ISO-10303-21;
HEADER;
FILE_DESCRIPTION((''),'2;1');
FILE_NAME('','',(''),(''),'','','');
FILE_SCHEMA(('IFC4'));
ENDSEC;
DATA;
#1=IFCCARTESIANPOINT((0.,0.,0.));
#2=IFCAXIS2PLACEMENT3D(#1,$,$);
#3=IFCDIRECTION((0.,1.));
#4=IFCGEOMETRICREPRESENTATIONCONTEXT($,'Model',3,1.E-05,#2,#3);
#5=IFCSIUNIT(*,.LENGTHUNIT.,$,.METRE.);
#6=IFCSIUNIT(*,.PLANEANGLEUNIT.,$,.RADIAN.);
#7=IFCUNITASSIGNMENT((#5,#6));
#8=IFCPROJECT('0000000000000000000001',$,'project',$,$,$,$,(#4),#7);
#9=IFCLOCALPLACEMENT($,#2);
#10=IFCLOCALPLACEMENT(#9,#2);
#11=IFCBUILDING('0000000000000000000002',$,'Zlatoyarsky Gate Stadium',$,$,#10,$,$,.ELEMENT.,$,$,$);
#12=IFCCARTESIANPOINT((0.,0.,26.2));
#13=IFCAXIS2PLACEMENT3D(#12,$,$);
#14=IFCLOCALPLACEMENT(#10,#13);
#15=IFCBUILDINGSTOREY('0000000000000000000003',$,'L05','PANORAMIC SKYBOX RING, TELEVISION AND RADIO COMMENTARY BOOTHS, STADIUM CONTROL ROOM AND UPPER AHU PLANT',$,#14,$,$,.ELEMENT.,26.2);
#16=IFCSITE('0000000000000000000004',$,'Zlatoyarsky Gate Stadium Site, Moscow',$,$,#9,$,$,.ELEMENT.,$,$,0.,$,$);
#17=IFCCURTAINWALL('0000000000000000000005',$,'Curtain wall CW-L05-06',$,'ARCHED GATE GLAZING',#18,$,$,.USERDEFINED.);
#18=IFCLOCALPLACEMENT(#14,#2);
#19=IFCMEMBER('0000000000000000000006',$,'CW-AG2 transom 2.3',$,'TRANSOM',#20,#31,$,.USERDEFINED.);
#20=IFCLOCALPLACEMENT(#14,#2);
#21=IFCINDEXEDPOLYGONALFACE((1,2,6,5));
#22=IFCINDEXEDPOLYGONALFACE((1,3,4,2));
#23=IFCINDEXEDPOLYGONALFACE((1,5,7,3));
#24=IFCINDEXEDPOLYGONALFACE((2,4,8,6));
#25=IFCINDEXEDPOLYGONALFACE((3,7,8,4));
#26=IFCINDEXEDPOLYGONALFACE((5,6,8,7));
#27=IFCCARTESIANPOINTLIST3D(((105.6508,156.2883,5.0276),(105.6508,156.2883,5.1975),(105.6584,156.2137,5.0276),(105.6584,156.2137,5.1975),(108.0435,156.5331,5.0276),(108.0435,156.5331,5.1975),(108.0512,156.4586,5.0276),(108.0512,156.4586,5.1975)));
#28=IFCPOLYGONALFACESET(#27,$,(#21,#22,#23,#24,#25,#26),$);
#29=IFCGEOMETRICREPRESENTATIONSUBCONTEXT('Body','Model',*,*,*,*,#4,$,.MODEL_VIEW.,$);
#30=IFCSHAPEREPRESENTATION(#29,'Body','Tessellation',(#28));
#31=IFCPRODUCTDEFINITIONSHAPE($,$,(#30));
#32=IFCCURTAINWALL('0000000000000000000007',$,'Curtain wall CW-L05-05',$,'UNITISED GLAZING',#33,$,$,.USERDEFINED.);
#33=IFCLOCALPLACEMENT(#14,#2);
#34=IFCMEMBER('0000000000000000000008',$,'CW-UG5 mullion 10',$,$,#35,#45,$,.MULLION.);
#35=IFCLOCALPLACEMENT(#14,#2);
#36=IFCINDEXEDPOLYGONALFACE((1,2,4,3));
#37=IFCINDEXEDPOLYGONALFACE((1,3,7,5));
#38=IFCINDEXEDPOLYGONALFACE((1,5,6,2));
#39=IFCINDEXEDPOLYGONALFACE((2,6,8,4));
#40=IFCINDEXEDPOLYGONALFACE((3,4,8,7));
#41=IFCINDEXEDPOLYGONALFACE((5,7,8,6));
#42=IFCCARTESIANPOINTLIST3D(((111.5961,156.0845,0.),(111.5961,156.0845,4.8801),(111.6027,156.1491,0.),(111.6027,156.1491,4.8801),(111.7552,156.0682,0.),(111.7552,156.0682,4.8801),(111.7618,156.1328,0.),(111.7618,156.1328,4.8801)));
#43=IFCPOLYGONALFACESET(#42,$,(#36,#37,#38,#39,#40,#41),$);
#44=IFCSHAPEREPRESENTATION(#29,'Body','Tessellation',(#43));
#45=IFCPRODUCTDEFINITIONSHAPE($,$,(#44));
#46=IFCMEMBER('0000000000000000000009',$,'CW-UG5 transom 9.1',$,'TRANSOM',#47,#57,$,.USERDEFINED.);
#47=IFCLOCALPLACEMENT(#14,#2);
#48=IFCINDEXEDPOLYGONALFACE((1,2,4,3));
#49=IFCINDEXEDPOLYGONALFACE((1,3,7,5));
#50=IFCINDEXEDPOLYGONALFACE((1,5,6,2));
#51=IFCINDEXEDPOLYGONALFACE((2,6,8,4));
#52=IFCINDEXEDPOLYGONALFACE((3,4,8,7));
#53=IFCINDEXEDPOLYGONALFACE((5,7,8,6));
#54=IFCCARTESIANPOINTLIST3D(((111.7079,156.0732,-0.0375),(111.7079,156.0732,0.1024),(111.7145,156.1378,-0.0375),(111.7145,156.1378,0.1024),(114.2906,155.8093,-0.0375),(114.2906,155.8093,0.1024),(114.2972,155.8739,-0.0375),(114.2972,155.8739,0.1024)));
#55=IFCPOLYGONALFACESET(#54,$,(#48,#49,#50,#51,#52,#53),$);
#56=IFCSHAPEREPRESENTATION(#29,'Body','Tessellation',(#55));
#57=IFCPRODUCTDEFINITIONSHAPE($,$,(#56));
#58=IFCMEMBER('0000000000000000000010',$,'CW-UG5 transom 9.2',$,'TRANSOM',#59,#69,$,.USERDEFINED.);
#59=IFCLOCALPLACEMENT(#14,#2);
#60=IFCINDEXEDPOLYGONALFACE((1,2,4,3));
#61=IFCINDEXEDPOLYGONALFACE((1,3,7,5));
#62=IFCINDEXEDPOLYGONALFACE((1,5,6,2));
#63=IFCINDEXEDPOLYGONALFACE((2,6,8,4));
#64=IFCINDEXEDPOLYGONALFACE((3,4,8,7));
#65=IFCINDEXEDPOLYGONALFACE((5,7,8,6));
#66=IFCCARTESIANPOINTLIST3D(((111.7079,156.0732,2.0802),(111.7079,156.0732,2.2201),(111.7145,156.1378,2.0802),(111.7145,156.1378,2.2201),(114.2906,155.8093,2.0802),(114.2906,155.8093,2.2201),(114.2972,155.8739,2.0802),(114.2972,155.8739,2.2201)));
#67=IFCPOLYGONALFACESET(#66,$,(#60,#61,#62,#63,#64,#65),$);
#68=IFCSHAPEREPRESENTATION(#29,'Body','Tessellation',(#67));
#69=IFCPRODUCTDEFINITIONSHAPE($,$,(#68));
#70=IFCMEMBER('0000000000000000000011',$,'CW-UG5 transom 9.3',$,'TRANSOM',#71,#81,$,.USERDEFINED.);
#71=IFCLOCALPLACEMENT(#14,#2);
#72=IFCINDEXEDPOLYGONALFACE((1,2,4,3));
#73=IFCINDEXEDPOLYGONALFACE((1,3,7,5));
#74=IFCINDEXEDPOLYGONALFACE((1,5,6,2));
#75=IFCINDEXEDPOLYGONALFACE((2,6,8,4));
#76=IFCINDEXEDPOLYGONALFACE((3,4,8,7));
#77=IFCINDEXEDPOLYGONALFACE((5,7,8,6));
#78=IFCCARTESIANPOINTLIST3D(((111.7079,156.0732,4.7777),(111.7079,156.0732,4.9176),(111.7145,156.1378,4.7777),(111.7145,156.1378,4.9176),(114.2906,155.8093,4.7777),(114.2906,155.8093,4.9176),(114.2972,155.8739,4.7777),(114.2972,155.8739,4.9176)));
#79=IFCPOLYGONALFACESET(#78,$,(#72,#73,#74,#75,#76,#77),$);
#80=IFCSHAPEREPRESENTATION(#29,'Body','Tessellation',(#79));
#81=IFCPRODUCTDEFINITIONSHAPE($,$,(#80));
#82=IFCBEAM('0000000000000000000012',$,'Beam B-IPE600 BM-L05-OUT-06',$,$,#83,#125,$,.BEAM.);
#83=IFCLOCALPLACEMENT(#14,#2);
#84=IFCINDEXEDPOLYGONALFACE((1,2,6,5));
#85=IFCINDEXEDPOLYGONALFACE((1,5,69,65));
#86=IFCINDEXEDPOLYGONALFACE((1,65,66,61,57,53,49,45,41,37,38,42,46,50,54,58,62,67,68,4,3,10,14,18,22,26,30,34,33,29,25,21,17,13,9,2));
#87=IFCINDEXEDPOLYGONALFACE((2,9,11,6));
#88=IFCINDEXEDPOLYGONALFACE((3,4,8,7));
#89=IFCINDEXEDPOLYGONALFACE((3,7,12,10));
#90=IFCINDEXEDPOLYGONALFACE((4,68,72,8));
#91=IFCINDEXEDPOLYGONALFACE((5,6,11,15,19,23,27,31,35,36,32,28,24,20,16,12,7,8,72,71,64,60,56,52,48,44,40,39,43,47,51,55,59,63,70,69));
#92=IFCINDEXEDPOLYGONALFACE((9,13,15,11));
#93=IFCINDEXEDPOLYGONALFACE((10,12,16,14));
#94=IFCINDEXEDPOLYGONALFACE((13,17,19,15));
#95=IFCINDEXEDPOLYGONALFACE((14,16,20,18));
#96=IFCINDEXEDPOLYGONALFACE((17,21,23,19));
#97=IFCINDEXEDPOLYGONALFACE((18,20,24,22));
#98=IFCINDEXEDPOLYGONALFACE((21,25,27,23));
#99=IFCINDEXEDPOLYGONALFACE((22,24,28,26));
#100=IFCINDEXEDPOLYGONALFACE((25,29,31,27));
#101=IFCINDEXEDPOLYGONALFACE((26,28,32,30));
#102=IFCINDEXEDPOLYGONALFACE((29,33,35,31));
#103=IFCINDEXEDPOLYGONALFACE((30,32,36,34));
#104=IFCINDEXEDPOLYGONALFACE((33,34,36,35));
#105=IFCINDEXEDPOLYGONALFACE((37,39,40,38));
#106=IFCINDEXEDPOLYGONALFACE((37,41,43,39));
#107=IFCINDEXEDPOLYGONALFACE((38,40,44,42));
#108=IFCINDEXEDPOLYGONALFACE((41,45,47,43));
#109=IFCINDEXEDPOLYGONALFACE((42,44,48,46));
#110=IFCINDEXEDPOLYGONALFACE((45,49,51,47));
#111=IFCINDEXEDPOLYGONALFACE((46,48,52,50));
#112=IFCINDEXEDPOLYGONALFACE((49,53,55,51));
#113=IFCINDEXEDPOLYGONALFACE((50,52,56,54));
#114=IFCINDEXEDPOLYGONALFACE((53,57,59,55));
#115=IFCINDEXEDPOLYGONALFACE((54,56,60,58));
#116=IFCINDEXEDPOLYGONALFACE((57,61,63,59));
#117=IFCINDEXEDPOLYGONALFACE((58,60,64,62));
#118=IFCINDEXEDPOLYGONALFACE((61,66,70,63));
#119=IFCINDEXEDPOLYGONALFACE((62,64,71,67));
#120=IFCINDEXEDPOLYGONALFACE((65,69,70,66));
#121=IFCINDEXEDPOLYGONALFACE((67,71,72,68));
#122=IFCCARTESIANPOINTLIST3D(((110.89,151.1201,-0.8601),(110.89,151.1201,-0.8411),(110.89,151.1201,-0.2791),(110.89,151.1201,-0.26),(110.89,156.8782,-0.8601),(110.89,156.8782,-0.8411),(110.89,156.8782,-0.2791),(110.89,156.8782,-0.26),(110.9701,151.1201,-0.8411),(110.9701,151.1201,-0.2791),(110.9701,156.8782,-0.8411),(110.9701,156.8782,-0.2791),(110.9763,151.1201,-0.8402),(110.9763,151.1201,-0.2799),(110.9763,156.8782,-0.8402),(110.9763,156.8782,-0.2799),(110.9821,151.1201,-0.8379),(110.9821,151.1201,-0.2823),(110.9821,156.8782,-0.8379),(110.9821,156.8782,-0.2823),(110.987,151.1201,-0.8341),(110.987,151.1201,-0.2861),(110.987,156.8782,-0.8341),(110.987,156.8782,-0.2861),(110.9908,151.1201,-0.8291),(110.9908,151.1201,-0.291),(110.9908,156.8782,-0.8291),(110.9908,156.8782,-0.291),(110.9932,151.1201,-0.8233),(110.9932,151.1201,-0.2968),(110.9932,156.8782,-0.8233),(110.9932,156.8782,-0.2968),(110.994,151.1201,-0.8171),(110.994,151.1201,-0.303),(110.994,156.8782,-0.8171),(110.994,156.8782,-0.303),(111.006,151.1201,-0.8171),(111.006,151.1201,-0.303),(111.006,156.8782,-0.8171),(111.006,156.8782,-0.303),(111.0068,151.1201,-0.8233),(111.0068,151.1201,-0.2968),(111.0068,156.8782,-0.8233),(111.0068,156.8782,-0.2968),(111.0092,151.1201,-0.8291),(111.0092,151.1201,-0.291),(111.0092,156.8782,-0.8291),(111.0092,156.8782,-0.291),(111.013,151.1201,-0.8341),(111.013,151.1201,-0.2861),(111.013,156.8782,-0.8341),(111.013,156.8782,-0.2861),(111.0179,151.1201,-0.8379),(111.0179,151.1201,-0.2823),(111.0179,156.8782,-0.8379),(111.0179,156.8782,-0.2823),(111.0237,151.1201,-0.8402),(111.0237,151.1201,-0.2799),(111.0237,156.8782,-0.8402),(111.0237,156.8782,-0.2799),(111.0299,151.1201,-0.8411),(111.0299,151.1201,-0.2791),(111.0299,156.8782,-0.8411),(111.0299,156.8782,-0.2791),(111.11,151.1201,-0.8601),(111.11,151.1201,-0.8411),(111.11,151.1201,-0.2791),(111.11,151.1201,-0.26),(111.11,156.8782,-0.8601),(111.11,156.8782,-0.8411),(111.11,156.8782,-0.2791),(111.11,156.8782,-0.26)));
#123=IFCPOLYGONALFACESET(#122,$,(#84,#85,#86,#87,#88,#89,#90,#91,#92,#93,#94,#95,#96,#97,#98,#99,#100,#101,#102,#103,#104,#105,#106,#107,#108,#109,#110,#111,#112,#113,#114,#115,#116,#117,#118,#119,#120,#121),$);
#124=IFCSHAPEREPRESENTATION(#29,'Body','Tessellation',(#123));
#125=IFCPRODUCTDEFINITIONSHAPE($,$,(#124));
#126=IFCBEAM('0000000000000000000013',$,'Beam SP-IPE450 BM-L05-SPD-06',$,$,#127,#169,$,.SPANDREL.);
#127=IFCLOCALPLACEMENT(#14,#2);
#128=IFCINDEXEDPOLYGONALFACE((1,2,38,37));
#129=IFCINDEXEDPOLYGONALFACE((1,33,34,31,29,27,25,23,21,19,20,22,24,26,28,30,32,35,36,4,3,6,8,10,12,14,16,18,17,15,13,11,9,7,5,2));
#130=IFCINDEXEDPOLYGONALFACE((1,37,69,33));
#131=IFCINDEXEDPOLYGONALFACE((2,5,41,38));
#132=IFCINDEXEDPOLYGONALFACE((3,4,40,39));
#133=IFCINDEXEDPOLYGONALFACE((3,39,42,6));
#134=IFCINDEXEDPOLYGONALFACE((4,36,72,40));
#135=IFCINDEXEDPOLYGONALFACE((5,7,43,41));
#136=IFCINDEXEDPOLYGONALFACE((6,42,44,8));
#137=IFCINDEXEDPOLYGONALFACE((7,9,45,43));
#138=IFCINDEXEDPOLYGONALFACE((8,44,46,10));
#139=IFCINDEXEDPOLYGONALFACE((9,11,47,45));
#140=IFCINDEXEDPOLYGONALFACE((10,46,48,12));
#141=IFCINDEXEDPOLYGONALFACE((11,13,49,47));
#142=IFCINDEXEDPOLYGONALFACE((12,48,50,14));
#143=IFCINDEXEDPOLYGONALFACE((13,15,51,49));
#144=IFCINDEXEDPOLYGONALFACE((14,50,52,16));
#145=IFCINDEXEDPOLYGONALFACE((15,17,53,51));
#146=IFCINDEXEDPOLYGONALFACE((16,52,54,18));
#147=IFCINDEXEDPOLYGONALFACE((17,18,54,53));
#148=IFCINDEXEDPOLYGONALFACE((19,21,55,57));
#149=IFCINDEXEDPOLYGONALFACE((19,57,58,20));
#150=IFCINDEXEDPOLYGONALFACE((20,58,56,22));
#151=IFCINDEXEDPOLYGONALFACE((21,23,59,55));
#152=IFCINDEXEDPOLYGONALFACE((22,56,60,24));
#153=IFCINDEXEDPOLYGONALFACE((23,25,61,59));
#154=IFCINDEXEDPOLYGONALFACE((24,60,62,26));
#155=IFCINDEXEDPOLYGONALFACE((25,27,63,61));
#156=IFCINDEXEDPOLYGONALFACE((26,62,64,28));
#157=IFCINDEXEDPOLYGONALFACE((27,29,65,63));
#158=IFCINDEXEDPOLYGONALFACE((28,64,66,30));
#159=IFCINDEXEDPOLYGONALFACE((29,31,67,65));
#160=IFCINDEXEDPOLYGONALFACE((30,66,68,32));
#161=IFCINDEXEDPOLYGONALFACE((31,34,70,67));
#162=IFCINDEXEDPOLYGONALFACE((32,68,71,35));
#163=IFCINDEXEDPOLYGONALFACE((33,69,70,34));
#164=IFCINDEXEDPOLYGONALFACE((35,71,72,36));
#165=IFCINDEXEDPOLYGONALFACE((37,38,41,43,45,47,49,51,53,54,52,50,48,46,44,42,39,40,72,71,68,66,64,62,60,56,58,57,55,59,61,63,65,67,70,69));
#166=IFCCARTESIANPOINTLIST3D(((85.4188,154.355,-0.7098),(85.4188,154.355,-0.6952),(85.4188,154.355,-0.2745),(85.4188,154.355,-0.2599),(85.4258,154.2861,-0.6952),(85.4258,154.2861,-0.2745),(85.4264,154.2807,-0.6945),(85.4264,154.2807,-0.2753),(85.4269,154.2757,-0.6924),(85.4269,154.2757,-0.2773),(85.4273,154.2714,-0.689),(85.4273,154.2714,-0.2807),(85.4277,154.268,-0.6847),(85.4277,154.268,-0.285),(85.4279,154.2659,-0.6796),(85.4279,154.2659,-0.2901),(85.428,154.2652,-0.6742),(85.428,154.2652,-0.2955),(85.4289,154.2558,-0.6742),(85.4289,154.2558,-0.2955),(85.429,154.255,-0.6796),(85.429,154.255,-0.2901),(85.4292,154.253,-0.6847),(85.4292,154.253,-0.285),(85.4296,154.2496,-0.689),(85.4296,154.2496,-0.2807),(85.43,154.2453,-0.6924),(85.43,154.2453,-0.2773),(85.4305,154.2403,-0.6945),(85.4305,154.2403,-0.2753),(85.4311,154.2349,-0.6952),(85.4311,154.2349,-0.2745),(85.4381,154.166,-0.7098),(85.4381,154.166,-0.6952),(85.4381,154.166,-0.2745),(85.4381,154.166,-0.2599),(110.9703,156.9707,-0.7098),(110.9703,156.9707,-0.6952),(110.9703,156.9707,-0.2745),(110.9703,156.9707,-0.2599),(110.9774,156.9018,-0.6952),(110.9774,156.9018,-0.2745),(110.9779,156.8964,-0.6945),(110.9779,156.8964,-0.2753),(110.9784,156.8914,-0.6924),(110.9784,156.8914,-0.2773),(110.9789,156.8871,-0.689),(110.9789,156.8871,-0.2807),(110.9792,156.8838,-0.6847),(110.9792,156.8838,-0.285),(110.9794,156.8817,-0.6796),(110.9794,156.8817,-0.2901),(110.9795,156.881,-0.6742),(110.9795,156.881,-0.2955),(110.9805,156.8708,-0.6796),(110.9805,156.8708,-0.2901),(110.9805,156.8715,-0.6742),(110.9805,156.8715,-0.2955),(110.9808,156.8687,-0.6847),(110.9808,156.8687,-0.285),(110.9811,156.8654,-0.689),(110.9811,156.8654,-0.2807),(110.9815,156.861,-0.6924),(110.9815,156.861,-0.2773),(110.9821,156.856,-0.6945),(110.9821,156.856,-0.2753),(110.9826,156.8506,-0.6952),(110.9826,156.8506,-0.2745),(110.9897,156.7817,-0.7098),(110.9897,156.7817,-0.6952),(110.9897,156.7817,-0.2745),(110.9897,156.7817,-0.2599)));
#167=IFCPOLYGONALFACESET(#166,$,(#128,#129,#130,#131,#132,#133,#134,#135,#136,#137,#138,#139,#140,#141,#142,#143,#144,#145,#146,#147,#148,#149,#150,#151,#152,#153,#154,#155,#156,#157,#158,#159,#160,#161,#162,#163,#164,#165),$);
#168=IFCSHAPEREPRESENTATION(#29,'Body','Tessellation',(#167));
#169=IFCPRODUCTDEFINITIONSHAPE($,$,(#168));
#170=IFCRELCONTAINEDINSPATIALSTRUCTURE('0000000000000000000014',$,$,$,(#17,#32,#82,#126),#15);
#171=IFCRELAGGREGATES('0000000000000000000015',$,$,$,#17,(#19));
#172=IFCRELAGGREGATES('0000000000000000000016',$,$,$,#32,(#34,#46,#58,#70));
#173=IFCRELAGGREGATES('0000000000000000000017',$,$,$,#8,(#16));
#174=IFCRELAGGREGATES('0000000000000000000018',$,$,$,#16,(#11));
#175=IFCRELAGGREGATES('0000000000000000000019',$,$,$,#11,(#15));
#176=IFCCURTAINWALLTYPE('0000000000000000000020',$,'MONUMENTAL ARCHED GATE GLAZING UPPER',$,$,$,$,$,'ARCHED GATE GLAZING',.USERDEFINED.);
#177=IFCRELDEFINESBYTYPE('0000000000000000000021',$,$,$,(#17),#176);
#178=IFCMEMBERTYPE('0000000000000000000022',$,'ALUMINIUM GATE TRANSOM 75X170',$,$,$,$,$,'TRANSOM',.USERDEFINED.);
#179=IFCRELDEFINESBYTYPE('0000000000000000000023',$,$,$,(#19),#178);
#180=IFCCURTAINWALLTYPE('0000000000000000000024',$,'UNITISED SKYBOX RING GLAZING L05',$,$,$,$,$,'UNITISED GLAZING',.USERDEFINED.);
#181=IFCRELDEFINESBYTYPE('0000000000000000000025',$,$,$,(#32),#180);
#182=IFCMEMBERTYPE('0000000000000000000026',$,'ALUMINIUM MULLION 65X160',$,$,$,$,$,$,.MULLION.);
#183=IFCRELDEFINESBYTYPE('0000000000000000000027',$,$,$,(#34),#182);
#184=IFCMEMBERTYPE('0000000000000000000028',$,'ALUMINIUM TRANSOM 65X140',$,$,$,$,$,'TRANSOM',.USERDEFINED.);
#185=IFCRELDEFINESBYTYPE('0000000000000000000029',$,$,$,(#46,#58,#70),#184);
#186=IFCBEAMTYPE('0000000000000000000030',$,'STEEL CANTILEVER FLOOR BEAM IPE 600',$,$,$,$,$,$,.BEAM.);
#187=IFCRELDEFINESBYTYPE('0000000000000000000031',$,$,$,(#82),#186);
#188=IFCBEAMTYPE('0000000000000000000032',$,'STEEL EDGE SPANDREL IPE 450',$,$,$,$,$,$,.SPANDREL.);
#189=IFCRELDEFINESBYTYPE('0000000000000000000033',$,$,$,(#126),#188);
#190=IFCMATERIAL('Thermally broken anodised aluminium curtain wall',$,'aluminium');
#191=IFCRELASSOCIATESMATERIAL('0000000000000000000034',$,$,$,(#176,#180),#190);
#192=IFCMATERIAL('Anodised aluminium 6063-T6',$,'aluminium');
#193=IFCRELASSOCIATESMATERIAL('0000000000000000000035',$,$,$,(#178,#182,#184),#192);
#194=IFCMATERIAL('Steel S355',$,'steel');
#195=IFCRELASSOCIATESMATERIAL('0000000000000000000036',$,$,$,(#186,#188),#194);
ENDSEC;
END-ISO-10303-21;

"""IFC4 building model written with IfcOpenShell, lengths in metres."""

from ifc_helpers import new_model, si_unit, direction, frame, origin, origin_2d, place, context, subcontext, project, spatial, rectangle, i_section, extrude, material, material_profile, profile_set, type_object, element, aggregate, save


model = new_model("IFC4")

# Units and contexts
model_context = context("Model", 3, precision=1e-05, world=origin(), true_north=direction((0.0, 1.0)))
body_context = subcontext(model_context, "Body", "Model", "MODEL_VIEW")
ifc_project = project(units=[si_unit("LENGTHUNIT", "METRE"), si_unit("PLANEANGLEUNIT", "RADIAN")], contexts=[model_context])

# Site, building, storey
site_placement = place(None, origin())
site = spatial("IfcSite", under=ifc_project, at=site_placement, Name="Zlatoyarsky Gate Stadium Site, Moscow", CompositionType="ELEMENT", RefElevation=0.0)
building_placement = place(site_placement, origin())
building = spatial("IfcBuilding", under=site, at=building_placement, Name="Zlatoyarsky Gate Stadium", CompositionType="ELEMENT")
storey_placement = place(building_placement, frame((0.0, 0.0, 26.2)))
storey = spatial("IfcBuildingStorey", under=building, at=storey_placement, Name="L05", Description="PANORAMIC SKYBOX RING, TELEVISION AND RADIO COMMENTARY BOOTHS, STADIUM CONTROL ROOM AND UPPER AHU PLANT", CompositionType="ELEMENT", Elevation=26.2)

# Shared definitions
ifc_material_1 = material(Name="Steel S355", Category="steel")

# Curtain walls, members
ifc_material_2 = material(Name="Thermally broken anodised aluminium curtain wall", Category="aluminium")
curtain_wall_type_1 = type_object("IfcCurtainWallType", Name="MONUMENTAL ARCHED GATE GLAZING UPPER", ElementType="ARCHED GATE GLAZING", PredefinedType="USERDEFINED", material=ifc_material_2)
curtain_wall_1_placement = place(storey_placement, origin())
curtain_wall_1 = element("IfcCurtainWall", 1, at=curtain_wall_1_placement, inside=storey, type_object=curtain_wall_type_1, Name="Curtain wall CW-L05-06", ObjectType="ARCHED GATE GLAZING", PredefinedType="USERDEFINED")
ifc_material_3 = material(Name="Anodised aluminium 6063-T6", Category="aluminium")
ifc_material_profile_1 = material_profile(ifc_material_3, rectangle(XDim=0.075, YDim=0.1699, at=origin_2d()), Name="ALU 75X170")
ifc_profile_set_1 = profile_set([ifc_material_profile_1], Name="Anodised aluminium 6063-T6")
member_type_1 = type_object("IfcMemberType", Name="ALUMINIUM GATE TRANSOM 75X170", ElementType="TRANSOM", PredefinedType="USERDEFINED", material=ifc_profile_set_1)
member_1_placement = place(storey_placement, frame((108.0474, 156.4958, 5.1125), z_axis=(-0.994804, -0.101805, 0.0), x_axis=(0.101805, -0.994804, 0.0)))
member_1 = element("IfcMember", 2, at=member_1_placement, type_object=member_type_1, Name="CW-AG2 transom 2.3", ObjectType="TRANSOM", PredefinedType="USERDEFINED", context=body_context, shape_type="SweptSolid", body=[
    extrude(rectangle(XDim=0.075, YDim=0.1699, at=origin_2d()), origin(), (0.0, 0.0, 1.0), 2.4053),
])
curtain_wall_type_2 = type_object("IfcCurtainWallType", Name="UNITISED SKYBOX RING GLAZING L05", ElementType="UNITISED GLAZING", PredefinedType="USERDEFINED", material=ifc_material_2)
curtain_wall_2_placement = place(storey_placement, origin())
curtain_wall_2 = element("IfcCurtainWall", 3, at=curtain_wall_2_placement, inside=storey, type_object=curtain_wall_type_2, Name="Curtain wall CW-L05-05", ObjectType="UNITISED GLAZING", PredefinedType="USERDEFINED")
ifc_material_profile_2 = material_profile(ifc_material_3, rectangle(XDim=0.0649, YDim=0.1599, at=origin_2d()), Name="ALU 65X160")
ifc_profile_set_2 = profile_set([ifc_material_profile_2], Name="Anodised aluminium 6063-T6")
member_type_2 = type_object("IfcMemberType", Name="ALUMINIUM MULLION 65X160", PredefinedType="MULLION", material=ifc_profile_set_2)
member_2_placement = place(storey_placement, frame((111.679, 156.1086, 0.0), z_axis=(0.0, 0.0, 1.0), x_axis=(-0.101618, -0.994823, 0.0)))
member_2 = element("IfcMember", 4, at=member_2_placement, type_object=member_type_2, Name="CW-UG5 mullion 10", PredefinedType="MULLION", context=body_context, shape_type="SweptSolid", body=[
    extrude(rectangle(XDim=0.0649, YDim=0.1599, at=origin_2d()), origin(), (0.0, 0.0, 1.0), 4.8801),
])
ifc_material_profile_3 = material_profile(ifc_material_3, rectangle(XDim=0.0649, YDim=0.1399, at=origin_2d()), Name="ALU 65X140")
ifc_profile_set_3 = profile_set([ifc_material_profile_3], Name="Anodised aluminium 6063-T6")
member_type_3 = type_object("IfcMemberType", Name="ALUMINIUM TRANSOM 65X140", ElementType="TRANSOM", PredefinedType="USERDEFINED", material=ifc_profile_set_3)
member_3_placement = place(storey_placement, frame((114.2939, 155.8416, 0.0325), z_axis=(-0.99482, 0.101654, 0.0), x_axis=(-0.101654, -0.99482, 0.0)))
member_3 = element("IfcMember", 5, at=member_3_placement, type_object=member_type_3, Name="CW-UG5 transom 9.1", ObjectType="TRANSOM", PredefinedType="USERDEFINED", context=body_context, shape_type="SweptSolid", body=[
    extrude(rectangle(XDim=0.0649, YDim=0.1399, at=origin_2d()), origin(), (0.0, 0.0, 1.0), 2.5962),
])
member_4_placement = place(storey_placement, frame((114.2939, 155.8416, 2.1501), z_axis=(-0.99482, 0.101654, 0.0), x_axis=(-0.101654, -0.99482, 0.0)))
member_4 = element("IfcMember", 6, at=member_4_placement, type_object=member_type_3, Name="CW-UG5 transom 9.2", ObjectType="TRANSOM", PredefinedType="USERDEFINED", context=body_context, shape_type="SweptSolid", body=[
    extrude(rectangle(XDim=0.0649, YDim=0.1399, at=origin_2d()), origin(), (0.0, 0.0, 1.0), 2.5962),
])
member_5_placement = place(storey_placement, frame((114.2939, 155.8416, 4.8477), z_axis=(-0.99482, 0.101654, 0.0), x_axis=(-0.101654, -0.99482, 0.0)))
member_5 = element("IfcMember", 7, at=member_5_placement, type_object=member_type_3, Name="CW-UG5 transom 9.3", ObjectType="TRANSOM", PredefinedType="USERDEFINED", context=body_context, shape_type="SweptSolid", body=[
    extrude(rectangle(XDim=0.0649, YDim=0.1399, at=origin_2d()), origin(), (0.0, 0.0, 1.0), 2.5962),
])

# Beams
ifc_material_profile_4 = material_profile(ifc_material_1, i_section(OverallWidth=0.22, OverallDepth=0.6001, WebThickness=0.012, FlangeThickness=0.019, FilletRadius=0.0239, at=origin_2d()), Name="IPE 600")
ifc_profile_set_4 = profile_set([ifc_material_profile_4], Name="Steel S355")
beam_type_1 = type_object("IfcBeamType", Name="STEEL CANTILEVER FLOOR BEAM IPE 600", PredefinedType="BEAM", material=ifc_profile_set_4)
beam_1_placement = place(storey_placement, frame((111.0, 151.1201, -0.5601), z_axis=(0.0, 1.0, 0.0), x_axis=(-1.0, 0.0, 0.0)))
element("IfcBeam", 8, at=beam_1_placement, inside=storey, type_object=beam_type_1, Name="Beam B-IPE600 BM-L05-OUT-06", PredefinedType="BEAM", context=body_context, shape_type="SweptSolid", body=[
    extrude(i_section(OverallWidth=0.22, OverallDepth=0.6001, WebThickness=0.012, FlangeThickness=0.019, FilletRadius=0.0239, at=origin_2d()), origin(), (0.0, 0.0, 1.0), 5.7581),
])
ifc_material_profile_5 = material_profile(ifc_material_1, i_section(OverallWidth=0.1899, OverallDepth=0.45, WebThickness=0.0095, FlangeThickness=0.0146, FilletRadius=0.021, at=origin_2d()), Name="IPE 450")
ifc_profile_set_5 = profile_set([ifc_material_profile_5], Name="Steel S355")
beam_type_2 = type_object("IfcBeamType", Name="STEEL EDGE SPANDREL IPE 450", PredefinedType="SPANDREL", material=ifc_profile_set_5)
beam_2_placement = place(storey_placement, frame((110.98, 156.8762, -0.4849), z_axis=(-0.994801, -0.101838, 0.0), x_axis=(0.101838, -0.994801, 0.0)))
element("IfcBeam", 9, at=beam_2_placement, inside=storey, type_object=beam_type_2, Name="Beam SP-IPE450 BM-L05-SPD-06", PredefinedType="SPANDREL", context=body_context, shape_type="SweptSolid", body=[
    extrude(i_section(OverallWidth=0.1899, OverallDepth=0.45, WebThickness=0.0095, FlangeThickness=0.0146, FilletRadius=0.021, at=origin_2d()), origin(), (0.0, 0.0, 1.0), 25.6851),
])

aggregate(curtain_wall_1, [member_1])

aggregate(curtain_wall_2, [member_2, member_3, member_4, member_5])

save(model, "model.ifc")
